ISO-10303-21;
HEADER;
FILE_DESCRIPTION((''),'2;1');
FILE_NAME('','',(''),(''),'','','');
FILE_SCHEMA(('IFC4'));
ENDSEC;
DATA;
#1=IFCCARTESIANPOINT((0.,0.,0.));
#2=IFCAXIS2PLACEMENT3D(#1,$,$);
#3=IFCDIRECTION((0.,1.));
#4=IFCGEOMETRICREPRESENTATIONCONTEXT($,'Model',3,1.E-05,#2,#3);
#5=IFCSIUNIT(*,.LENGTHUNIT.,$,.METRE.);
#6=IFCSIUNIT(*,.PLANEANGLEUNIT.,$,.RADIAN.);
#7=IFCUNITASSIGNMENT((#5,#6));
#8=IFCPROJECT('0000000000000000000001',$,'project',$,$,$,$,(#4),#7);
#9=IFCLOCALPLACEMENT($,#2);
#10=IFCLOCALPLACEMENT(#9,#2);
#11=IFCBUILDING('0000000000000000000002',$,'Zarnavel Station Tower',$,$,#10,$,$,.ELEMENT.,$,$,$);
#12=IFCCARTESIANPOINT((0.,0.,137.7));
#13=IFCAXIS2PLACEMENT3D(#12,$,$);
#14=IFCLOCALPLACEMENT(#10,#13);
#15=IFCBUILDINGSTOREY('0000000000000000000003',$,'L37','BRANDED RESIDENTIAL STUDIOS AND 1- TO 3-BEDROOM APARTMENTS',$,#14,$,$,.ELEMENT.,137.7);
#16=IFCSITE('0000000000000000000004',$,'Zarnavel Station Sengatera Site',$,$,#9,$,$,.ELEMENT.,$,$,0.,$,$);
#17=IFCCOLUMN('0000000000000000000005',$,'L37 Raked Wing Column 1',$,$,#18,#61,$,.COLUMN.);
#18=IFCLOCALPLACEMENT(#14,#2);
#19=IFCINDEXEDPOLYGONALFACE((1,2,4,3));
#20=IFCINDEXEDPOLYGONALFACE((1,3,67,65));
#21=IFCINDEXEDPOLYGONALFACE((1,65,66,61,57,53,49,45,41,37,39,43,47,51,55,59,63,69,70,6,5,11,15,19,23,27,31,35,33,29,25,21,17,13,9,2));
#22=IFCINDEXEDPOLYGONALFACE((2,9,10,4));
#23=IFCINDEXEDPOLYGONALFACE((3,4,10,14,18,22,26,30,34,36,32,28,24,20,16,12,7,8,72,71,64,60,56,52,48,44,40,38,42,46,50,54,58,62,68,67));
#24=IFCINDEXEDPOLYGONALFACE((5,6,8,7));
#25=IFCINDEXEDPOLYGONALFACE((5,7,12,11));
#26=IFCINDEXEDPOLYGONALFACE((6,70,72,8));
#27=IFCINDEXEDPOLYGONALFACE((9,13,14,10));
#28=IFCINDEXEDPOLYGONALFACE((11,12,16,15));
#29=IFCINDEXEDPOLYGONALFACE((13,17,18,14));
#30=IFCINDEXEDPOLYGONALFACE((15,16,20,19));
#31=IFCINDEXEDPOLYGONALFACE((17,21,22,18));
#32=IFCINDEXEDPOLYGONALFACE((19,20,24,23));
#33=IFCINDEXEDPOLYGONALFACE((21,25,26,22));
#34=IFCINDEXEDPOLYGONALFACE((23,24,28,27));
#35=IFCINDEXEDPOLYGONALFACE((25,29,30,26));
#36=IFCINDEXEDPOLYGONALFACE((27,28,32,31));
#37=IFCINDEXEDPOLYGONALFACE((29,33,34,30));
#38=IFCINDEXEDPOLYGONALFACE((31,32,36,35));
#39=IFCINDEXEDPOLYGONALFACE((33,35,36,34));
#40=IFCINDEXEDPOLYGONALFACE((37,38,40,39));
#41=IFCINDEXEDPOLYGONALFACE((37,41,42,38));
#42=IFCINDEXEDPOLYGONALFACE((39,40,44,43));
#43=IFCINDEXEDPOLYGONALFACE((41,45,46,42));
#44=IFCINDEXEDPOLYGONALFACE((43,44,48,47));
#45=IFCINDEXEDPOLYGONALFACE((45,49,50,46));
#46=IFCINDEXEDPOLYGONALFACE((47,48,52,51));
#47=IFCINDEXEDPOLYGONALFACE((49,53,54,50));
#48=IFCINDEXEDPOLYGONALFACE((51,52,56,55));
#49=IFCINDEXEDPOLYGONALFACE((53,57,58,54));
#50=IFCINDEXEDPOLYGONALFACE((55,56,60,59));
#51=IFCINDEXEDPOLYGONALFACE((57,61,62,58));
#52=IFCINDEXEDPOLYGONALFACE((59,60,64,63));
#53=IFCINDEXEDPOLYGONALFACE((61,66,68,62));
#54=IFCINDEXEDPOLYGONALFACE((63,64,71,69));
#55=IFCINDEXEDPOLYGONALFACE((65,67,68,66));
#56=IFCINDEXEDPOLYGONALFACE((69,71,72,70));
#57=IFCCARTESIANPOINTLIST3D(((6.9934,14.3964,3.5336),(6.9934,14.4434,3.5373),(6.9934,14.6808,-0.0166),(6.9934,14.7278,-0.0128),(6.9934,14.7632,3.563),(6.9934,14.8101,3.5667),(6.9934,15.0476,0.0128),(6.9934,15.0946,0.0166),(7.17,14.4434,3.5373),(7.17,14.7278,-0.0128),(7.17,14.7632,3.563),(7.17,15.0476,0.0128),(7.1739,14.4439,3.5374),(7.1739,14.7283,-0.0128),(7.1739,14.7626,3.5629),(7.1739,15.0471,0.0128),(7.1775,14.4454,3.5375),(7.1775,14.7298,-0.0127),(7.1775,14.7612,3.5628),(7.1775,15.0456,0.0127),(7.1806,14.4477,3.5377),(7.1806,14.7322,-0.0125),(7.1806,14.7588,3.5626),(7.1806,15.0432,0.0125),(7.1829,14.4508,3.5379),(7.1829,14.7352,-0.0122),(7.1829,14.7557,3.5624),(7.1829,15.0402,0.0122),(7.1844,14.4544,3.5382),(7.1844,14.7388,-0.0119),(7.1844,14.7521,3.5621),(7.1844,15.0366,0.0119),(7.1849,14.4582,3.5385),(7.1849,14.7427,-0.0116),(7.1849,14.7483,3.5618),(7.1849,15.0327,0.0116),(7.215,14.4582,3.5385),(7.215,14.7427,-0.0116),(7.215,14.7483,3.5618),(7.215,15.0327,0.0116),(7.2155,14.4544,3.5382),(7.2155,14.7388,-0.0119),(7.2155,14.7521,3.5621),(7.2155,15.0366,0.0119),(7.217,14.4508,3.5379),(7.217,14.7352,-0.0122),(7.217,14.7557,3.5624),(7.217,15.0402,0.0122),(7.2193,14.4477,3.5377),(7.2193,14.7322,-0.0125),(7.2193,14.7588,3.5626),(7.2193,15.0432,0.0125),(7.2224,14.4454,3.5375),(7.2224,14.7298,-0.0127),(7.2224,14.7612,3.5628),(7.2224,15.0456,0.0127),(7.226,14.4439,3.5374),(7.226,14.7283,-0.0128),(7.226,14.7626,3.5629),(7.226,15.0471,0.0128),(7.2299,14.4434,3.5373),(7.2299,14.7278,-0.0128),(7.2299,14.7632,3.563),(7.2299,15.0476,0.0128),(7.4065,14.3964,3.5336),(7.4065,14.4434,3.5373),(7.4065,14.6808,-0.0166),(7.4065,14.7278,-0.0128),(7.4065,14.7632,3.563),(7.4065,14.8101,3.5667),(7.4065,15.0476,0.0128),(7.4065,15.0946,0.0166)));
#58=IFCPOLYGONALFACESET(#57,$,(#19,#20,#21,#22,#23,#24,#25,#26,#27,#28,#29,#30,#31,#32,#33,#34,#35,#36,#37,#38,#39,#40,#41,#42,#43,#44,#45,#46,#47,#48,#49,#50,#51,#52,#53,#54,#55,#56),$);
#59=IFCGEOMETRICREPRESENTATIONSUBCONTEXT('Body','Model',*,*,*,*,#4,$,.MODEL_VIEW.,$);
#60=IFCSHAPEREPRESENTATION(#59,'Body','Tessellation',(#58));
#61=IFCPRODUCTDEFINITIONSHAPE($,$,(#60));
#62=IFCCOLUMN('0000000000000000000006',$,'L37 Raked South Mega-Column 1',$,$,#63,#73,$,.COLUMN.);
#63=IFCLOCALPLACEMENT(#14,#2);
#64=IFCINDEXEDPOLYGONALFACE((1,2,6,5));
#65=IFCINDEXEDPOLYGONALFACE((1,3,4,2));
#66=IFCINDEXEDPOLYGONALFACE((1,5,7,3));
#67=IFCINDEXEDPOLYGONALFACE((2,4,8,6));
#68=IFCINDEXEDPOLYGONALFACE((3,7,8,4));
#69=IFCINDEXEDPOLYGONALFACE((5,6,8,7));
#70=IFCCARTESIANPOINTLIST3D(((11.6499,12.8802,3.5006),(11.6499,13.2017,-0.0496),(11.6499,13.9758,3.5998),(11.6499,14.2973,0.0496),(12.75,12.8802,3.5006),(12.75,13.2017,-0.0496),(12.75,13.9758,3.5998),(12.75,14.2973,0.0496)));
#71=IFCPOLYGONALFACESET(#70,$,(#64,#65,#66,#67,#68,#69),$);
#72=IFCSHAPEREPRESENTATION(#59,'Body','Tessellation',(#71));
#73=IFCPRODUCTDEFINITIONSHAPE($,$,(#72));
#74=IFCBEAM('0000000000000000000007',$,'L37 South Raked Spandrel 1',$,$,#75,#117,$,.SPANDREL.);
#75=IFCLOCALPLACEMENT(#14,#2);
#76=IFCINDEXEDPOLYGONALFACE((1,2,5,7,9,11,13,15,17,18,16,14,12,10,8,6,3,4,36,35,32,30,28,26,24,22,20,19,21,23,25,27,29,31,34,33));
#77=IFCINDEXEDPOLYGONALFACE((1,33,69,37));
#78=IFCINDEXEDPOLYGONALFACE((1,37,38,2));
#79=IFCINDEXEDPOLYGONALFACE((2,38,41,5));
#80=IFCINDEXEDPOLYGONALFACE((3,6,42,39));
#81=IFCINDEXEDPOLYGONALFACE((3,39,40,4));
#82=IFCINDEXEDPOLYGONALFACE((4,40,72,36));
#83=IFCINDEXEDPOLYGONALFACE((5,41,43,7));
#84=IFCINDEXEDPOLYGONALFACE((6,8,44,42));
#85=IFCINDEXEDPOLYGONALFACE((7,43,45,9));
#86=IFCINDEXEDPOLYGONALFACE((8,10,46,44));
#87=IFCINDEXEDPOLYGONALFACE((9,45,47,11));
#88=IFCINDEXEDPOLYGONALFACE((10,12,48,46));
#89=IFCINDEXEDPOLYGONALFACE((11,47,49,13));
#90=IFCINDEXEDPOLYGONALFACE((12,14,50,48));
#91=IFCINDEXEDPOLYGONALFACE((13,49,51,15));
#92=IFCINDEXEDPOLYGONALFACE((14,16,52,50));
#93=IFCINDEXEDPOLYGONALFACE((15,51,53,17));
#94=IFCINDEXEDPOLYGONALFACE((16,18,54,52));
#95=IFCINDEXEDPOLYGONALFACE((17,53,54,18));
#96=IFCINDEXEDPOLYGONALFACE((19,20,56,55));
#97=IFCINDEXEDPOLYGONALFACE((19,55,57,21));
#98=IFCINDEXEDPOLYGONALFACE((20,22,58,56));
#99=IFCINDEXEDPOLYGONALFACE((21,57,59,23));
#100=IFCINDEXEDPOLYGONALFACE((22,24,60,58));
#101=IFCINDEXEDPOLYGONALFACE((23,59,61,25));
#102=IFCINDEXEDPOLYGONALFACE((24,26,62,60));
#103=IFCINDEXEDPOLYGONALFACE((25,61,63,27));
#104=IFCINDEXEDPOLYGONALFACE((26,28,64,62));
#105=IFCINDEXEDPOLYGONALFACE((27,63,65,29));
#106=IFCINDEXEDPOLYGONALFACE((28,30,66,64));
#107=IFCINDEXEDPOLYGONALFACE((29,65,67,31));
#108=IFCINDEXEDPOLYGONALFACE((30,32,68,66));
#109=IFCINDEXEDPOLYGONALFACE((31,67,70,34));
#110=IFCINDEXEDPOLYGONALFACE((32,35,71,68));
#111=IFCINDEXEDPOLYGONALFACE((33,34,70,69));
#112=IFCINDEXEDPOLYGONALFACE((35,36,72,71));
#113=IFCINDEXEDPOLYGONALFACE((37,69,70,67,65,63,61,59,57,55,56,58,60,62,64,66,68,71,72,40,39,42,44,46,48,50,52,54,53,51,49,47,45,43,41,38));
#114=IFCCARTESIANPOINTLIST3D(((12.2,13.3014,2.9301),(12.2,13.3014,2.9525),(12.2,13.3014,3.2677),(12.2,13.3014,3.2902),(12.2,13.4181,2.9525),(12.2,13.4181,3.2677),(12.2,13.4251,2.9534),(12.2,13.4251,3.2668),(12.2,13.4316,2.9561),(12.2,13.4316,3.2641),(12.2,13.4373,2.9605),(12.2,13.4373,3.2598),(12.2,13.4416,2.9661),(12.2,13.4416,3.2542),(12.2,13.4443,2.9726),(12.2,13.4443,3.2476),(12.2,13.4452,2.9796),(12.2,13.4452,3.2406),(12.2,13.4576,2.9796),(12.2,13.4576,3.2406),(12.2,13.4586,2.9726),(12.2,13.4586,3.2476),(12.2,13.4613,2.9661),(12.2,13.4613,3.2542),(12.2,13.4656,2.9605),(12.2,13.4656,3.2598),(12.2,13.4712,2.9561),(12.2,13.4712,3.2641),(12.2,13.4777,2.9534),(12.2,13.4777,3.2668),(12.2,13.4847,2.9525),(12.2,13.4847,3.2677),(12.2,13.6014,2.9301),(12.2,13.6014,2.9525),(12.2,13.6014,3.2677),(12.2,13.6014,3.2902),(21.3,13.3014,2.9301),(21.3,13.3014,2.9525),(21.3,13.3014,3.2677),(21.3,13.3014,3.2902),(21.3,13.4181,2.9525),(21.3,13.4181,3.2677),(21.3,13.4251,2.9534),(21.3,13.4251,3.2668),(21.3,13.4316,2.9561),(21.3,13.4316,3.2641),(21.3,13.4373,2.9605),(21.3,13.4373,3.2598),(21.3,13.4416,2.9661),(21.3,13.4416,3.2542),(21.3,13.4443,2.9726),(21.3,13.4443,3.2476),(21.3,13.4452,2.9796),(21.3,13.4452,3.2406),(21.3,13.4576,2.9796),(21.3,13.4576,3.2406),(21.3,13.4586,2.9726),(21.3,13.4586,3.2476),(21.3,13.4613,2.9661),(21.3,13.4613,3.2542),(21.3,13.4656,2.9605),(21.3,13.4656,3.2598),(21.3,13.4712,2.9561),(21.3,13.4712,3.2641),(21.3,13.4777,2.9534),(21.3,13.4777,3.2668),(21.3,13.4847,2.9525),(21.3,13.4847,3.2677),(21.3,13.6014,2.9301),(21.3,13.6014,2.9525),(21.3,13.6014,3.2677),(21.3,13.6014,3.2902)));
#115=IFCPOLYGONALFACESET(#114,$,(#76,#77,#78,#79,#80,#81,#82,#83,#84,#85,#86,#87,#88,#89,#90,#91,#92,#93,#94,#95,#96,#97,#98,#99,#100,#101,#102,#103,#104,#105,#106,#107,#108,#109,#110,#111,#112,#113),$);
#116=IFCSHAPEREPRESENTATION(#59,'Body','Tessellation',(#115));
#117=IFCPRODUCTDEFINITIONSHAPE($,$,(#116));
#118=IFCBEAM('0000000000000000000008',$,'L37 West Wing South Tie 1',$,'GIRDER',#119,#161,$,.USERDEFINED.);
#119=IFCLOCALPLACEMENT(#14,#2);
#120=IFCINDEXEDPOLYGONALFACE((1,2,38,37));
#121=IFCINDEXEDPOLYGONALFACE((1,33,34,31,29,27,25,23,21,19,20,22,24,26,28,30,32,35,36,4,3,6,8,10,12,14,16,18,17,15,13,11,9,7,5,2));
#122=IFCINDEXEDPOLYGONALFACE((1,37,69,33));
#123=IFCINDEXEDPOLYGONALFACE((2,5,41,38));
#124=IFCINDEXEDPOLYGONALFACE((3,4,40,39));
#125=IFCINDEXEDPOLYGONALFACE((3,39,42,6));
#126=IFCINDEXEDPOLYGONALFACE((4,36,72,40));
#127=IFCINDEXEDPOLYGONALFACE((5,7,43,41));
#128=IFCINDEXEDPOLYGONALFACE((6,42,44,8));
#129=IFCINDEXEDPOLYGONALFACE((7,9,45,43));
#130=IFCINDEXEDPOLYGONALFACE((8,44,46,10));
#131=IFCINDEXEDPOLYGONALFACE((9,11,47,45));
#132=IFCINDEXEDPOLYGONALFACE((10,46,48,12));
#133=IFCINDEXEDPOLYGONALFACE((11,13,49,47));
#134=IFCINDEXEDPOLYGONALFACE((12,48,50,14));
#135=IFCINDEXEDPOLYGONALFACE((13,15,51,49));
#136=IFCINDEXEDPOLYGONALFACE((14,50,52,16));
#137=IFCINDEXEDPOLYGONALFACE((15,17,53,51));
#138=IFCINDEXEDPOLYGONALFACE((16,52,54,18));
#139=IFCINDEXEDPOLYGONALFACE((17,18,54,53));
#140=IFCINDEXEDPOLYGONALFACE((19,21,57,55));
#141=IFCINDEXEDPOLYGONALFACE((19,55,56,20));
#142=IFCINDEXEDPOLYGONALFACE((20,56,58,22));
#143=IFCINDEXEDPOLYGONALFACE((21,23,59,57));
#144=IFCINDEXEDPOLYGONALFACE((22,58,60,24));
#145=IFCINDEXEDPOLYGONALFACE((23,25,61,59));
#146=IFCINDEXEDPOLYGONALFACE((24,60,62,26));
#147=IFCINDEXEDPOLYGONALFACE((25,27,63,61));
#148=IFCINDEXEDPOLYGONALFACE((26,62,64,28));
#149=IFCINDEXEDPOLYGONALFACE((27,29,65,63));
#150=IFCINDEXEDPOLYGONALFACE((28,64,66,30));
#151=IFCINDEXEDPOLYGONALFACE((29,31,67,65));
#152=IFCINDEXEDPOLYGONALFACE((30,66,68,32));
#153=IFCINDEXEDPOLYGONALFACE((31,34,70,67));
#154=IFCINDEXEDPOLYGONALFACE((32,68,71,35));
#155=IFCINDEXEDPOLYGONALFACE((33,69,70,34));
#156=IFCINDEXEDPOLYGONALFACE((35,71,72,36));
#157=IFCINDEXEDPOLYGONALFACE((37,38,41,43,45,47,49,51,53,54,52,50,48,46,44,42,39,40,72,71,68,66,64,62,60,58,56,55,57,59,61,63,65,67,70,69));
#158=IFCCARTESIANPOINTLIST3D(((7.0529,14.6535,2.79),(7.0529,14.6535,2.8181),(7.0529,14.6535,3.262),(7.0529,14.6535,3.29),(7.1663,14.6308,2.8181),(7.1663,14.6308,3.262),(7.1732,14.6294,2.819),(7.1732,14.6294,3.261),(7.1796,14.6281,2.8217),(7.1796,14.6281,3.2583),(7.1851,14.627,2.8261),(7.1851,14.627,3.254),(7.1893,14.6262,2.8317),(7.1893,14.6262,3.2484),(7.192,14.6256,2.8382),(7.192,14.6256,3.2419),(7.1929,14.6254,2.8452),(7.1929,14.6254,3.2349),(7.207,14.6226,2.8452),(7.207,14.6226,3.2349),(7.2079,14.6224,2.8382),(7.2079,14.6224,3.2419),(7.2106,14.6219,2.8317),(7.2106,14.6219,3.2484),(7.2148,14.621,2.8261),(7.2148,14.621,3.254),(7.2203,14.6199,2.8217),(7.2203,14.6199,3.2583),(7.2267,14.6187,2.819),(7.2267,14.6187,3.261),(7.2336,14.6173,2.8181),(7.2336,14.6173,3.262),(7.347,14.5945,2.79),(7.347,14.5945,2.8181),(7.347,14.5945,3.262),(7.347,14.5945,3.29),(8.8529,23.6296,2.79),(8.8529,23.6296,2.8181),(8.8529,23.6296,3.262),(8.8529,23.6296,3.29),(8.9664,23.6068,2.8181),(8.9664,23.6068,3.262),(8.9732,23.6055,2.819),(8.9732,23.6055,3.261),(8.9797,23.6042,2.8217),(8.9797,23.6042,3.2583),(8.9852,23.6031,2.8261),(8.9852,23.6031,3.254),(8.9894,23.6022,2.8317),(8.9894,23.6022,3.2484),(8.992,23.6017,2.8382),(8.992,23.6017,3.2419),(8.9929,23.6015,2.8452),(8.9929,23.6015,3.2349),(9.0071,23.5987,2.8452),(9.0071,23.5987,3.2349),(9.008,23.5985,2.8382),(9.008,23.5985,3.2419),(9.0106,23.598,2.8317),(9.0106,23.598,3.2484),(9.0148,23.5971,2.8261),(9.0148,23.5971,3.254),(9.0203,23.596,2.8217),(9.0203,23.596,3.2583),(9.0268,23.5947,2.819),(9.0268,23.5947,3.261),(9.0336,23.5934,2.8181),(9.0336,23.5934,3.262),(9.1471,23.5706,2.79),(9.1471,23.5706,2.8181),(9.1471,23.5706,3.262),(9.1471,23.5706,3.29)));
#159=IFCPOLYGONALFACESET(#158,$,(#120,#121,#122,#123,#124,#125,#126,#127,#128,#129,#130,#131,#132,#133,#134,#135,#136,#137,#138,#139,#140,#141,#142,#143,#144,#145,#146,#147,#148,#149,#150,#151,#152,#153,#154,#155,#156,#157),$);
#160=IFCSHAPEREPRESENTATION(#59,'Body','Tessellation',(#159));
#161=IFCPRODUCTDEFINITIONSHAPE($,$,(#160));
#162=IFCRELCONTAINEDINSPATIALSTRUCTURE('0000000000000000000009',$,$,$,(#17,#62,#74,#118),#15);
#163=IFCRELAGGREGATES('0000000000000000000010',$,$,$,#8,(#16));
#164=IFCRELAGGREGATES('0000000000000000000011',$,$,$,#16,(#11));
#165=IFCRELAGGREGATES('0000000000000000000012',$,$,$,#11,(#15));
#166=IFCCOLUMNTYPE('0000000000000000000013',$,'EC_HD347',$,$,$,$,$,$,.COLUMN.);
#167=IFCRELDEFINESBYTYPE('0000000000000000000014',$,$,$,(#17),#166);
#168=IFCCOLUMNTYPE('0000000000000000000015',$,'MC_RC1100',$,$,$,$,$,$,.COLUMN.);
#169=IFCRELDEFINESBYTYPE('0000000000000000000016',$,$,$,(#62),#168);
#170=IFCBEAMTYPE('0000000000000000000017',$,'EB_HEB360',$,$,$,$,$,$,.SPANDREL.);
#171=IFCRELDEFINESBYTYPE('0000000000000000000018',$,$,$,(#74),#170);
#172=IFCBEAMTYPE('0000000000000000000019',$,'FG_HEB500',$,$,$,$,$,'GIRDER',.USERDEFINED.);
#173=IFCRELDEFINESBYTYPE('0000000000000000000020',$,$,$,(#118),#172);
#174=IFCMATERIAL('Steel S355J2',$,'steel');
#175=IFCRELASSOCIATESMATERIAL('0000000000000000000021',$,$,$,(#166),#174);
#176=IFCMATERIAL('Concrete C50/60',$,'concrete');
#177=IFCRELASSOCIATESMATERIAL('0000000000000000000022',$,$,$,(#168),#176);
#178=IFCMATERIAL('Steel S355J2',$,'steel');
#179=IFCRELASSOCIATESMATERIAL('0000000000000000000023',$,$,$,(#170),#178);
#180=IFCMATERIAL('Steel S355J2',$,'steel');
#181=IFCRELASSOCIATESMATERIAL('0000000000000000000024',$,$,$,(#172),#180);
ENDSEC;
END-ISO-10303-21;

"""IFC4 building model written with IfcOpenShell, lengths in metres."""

from ifc_helpers import new_model, si_unit, direction, frame, origin, origin_2d, place, context, subcontext, project, spatial, rectangle, i_section, extrude, material, material_profile, profile_set, type_object, element, save


model = new_model("IFC4")

# Units and contexts
model_context = context("Model", 3, precision=1e-05, world=origin(), true_north=direction((0.0, 1.0)))
body_context = subcontext(model_context, "Body", "Model", "MODEL_VIEW")
ifc_project = project(units=[si_unit("LENGTHUNIT", "METRE"), si_unit("PLANEANGLEUNIT", "RADIAN")], contexts=[model_context])

# Site, building, storey
site_placement = place(None, origin())
site = spatial("IfcSite", under=ifc_project, at=site_placement, Name="Zarnavel Station Sengatera Site", CompositionType="ELEMENT", RefElevation=0.0)
building_placement = place(site_placement, origin())
building = spatial("IfcBuilding", under=site, at=building_placement, Name="Zarnavel Station Tower", CompositionType="ELEMENT")
storey_placement = place(building_placement, frame((0.0, 0.0, 137.7)))
storey = spatial("IfcBuildingStorey", under=building, at=storey_placement, Name="L37", Description="BRANDED RESIDENTIAL STUDIOS AND 1- TO 3-BEDROOM APARTMENTS", CompositionType="ELEMENT", Elevation=137.7)

# Columns
ifc_material_1 = material(Name="Steel S355J2", Category="steel")
ifc_material_profile_1 = material_profile(ifc_material_1, i_section(OverallWidth=0.4131, OverallDepth=0.415, WebThickness=0.03, FlangeThickness=0.0471, FilletRadius=0.0149, at=origin_2d()), Name="HD400x347")
ifc_profile_set_1 = profile_set([ifc_material_profile_1], Name="Steel S355J2")
column_type_1 = type_object("IfcColumnType", Name="EC_HD347", PredefinedType="COLUMN", material=ifc_profile_set_1)
column_1_placement = place(storey_placement, frame((7.2, 14.8877, 0.0), z_axis=(0.0, -0.079862, 0.996806), x_axis=(1.0, 0.0, 0.0)))
element("IfcColumn", 1, at=column_1_placement, inside=storey, type_object=column_type_1, Name="L37 Raked Wing Column 1", PredefinedType="COLUMN", context=body_context, shape_type="SweptSolid", body=[
    extrude(i_section(OverallWidth=0.4131, OverallDepth=0.415, WebThickness=0.03, FlangeThickness=0.0471, FilletRadius=0.0149, at=origin_2d()), origin(), (0.0, 0.0, 1.0), 3.5615),
])
ifc_material_2 = material(Name="Concrete C50/60", Category="concrete")
ifc_material_profile_2 = material_profile(ifc_material_2, rectangle(XDim=1.1001, YDim=1.1001, at=origin_2d()), Name="RC1100x1100")
ifc_profile_set_2 = profile_set([ifc_material_profile_2], Name="Concrete C50/60")
column_type_2 = type_object("IfcColumnType", Name="MC_RC1100", PredefinedType="COLUMN", material=ifc_profile_set_2)
column_2_placement = place(storey_placement, frame((12.2, 13.7495, 0.0), z_axis=(0.0, -0.090202, 0.995923), x_axis=(1.0, 0.0, 0.0)))
element("IfcColumn", 2, at=column_2_placement, inside=storey, type_object=column_type_2, Name="L37 Raked South Mega-Column 1", PredefinedType="COLUMN", context=body_context, shape_type="SweptSolid", body=[
    extrude(rectangle(XDim=1.1001, YDim=1.1001, at=origin_2d()), origin(), (0.0, 0.0, 1.0), 3.5647),
])

# Beams
ifc_material_3 = material(Name="Steel S355J2", Category="steel")
ifc_material_profile_3 = material_profile(ifc_material_3, i_section(OverallWidth=0.3, OverallDepth=0.3601, WebThickness=0.0125, FlangeThickness=0.0225, FilletRadius=0.0271, at=origin_2d()), Name="HEB360")
ifc_profile_set_3 = profile_set([ifc_material_profile_3], Name="Steel S355J2")
beam_type_1 = type_object("IfcBeamType", Name="EB_HEB360", PredefinedType="SPANDREL", material=ifc_profile_set_3)
beam_1_placement = place(storey_placement, frame((12.2, 13.4514, 3.1101), z_axis=(1.0, 0.0, 0.0), x_axis=(0.0, 1.0, 0.0)))
element("IfcBeam", 3, at=beam_1_placement, inside=storey, type_object=beam_type_1, Name="L37 South Raked Spandrel 1", PredefinedType="SPANDREL", context=body_context, shape_type="SweptSolid", body=[
    extrude(i_section(OverallWidth=0.3, OverallDepth=0.3601, WebThickness=0.0125, FlangeThickness=0.0225, FilletRadius=0.0271, at=origin_2d()), origin(), (0.0, 0.0, 1.0), 9.1001),
])
ifc_material_4 = material(Name="Steel S355J2", Category="steel")
ifc_material_profile_4 = material_profile(ifc_material_4, i_section(OverallWidth=0.3, OverallDepth=0.5, WebThickness=0.0144, FlangeThickness=0.0281, FilletRadius=0.0271, at=origin_2d()), Name="HEB500")
ifc_profile_set_4 = profile_set([ifc_material_profile_4], Name="Steel S355J2")
beam_type_2 = type_object("IfcBeamType", Name="FG_HEB500", ElementType="GIRDER", PredefinedType="USERDEFINED", material=ifc_profile_set_4)
beam_2_placement = place(storey_placement, frame((7.2, 14.624, 3.04), z_axis=(0.196624, 0.980479, 0.0), x_axis=(-0.980479, 0.196624, 0.0)))
element("IfcBeam", 4, at=beam_2_placement, inside=storey, type_object=beam_type_2, Name="L37 West Wing South Tie 1", ObjectType="GIRDER", PredefinedType="USERDEFINED", context=body_context, shape_type="SweptSolid", body=[
    extrude(i_section(OverallWidth=0.3, OverallDepth=0.5, WebThickness=0.0144, FlangeThickness=0.0281, FilletRadius=0.0271, at=origin_2d()), origin(), (0.0, 0.0, 1.0), 9.1548),
])

save(model, "model.ifc")
